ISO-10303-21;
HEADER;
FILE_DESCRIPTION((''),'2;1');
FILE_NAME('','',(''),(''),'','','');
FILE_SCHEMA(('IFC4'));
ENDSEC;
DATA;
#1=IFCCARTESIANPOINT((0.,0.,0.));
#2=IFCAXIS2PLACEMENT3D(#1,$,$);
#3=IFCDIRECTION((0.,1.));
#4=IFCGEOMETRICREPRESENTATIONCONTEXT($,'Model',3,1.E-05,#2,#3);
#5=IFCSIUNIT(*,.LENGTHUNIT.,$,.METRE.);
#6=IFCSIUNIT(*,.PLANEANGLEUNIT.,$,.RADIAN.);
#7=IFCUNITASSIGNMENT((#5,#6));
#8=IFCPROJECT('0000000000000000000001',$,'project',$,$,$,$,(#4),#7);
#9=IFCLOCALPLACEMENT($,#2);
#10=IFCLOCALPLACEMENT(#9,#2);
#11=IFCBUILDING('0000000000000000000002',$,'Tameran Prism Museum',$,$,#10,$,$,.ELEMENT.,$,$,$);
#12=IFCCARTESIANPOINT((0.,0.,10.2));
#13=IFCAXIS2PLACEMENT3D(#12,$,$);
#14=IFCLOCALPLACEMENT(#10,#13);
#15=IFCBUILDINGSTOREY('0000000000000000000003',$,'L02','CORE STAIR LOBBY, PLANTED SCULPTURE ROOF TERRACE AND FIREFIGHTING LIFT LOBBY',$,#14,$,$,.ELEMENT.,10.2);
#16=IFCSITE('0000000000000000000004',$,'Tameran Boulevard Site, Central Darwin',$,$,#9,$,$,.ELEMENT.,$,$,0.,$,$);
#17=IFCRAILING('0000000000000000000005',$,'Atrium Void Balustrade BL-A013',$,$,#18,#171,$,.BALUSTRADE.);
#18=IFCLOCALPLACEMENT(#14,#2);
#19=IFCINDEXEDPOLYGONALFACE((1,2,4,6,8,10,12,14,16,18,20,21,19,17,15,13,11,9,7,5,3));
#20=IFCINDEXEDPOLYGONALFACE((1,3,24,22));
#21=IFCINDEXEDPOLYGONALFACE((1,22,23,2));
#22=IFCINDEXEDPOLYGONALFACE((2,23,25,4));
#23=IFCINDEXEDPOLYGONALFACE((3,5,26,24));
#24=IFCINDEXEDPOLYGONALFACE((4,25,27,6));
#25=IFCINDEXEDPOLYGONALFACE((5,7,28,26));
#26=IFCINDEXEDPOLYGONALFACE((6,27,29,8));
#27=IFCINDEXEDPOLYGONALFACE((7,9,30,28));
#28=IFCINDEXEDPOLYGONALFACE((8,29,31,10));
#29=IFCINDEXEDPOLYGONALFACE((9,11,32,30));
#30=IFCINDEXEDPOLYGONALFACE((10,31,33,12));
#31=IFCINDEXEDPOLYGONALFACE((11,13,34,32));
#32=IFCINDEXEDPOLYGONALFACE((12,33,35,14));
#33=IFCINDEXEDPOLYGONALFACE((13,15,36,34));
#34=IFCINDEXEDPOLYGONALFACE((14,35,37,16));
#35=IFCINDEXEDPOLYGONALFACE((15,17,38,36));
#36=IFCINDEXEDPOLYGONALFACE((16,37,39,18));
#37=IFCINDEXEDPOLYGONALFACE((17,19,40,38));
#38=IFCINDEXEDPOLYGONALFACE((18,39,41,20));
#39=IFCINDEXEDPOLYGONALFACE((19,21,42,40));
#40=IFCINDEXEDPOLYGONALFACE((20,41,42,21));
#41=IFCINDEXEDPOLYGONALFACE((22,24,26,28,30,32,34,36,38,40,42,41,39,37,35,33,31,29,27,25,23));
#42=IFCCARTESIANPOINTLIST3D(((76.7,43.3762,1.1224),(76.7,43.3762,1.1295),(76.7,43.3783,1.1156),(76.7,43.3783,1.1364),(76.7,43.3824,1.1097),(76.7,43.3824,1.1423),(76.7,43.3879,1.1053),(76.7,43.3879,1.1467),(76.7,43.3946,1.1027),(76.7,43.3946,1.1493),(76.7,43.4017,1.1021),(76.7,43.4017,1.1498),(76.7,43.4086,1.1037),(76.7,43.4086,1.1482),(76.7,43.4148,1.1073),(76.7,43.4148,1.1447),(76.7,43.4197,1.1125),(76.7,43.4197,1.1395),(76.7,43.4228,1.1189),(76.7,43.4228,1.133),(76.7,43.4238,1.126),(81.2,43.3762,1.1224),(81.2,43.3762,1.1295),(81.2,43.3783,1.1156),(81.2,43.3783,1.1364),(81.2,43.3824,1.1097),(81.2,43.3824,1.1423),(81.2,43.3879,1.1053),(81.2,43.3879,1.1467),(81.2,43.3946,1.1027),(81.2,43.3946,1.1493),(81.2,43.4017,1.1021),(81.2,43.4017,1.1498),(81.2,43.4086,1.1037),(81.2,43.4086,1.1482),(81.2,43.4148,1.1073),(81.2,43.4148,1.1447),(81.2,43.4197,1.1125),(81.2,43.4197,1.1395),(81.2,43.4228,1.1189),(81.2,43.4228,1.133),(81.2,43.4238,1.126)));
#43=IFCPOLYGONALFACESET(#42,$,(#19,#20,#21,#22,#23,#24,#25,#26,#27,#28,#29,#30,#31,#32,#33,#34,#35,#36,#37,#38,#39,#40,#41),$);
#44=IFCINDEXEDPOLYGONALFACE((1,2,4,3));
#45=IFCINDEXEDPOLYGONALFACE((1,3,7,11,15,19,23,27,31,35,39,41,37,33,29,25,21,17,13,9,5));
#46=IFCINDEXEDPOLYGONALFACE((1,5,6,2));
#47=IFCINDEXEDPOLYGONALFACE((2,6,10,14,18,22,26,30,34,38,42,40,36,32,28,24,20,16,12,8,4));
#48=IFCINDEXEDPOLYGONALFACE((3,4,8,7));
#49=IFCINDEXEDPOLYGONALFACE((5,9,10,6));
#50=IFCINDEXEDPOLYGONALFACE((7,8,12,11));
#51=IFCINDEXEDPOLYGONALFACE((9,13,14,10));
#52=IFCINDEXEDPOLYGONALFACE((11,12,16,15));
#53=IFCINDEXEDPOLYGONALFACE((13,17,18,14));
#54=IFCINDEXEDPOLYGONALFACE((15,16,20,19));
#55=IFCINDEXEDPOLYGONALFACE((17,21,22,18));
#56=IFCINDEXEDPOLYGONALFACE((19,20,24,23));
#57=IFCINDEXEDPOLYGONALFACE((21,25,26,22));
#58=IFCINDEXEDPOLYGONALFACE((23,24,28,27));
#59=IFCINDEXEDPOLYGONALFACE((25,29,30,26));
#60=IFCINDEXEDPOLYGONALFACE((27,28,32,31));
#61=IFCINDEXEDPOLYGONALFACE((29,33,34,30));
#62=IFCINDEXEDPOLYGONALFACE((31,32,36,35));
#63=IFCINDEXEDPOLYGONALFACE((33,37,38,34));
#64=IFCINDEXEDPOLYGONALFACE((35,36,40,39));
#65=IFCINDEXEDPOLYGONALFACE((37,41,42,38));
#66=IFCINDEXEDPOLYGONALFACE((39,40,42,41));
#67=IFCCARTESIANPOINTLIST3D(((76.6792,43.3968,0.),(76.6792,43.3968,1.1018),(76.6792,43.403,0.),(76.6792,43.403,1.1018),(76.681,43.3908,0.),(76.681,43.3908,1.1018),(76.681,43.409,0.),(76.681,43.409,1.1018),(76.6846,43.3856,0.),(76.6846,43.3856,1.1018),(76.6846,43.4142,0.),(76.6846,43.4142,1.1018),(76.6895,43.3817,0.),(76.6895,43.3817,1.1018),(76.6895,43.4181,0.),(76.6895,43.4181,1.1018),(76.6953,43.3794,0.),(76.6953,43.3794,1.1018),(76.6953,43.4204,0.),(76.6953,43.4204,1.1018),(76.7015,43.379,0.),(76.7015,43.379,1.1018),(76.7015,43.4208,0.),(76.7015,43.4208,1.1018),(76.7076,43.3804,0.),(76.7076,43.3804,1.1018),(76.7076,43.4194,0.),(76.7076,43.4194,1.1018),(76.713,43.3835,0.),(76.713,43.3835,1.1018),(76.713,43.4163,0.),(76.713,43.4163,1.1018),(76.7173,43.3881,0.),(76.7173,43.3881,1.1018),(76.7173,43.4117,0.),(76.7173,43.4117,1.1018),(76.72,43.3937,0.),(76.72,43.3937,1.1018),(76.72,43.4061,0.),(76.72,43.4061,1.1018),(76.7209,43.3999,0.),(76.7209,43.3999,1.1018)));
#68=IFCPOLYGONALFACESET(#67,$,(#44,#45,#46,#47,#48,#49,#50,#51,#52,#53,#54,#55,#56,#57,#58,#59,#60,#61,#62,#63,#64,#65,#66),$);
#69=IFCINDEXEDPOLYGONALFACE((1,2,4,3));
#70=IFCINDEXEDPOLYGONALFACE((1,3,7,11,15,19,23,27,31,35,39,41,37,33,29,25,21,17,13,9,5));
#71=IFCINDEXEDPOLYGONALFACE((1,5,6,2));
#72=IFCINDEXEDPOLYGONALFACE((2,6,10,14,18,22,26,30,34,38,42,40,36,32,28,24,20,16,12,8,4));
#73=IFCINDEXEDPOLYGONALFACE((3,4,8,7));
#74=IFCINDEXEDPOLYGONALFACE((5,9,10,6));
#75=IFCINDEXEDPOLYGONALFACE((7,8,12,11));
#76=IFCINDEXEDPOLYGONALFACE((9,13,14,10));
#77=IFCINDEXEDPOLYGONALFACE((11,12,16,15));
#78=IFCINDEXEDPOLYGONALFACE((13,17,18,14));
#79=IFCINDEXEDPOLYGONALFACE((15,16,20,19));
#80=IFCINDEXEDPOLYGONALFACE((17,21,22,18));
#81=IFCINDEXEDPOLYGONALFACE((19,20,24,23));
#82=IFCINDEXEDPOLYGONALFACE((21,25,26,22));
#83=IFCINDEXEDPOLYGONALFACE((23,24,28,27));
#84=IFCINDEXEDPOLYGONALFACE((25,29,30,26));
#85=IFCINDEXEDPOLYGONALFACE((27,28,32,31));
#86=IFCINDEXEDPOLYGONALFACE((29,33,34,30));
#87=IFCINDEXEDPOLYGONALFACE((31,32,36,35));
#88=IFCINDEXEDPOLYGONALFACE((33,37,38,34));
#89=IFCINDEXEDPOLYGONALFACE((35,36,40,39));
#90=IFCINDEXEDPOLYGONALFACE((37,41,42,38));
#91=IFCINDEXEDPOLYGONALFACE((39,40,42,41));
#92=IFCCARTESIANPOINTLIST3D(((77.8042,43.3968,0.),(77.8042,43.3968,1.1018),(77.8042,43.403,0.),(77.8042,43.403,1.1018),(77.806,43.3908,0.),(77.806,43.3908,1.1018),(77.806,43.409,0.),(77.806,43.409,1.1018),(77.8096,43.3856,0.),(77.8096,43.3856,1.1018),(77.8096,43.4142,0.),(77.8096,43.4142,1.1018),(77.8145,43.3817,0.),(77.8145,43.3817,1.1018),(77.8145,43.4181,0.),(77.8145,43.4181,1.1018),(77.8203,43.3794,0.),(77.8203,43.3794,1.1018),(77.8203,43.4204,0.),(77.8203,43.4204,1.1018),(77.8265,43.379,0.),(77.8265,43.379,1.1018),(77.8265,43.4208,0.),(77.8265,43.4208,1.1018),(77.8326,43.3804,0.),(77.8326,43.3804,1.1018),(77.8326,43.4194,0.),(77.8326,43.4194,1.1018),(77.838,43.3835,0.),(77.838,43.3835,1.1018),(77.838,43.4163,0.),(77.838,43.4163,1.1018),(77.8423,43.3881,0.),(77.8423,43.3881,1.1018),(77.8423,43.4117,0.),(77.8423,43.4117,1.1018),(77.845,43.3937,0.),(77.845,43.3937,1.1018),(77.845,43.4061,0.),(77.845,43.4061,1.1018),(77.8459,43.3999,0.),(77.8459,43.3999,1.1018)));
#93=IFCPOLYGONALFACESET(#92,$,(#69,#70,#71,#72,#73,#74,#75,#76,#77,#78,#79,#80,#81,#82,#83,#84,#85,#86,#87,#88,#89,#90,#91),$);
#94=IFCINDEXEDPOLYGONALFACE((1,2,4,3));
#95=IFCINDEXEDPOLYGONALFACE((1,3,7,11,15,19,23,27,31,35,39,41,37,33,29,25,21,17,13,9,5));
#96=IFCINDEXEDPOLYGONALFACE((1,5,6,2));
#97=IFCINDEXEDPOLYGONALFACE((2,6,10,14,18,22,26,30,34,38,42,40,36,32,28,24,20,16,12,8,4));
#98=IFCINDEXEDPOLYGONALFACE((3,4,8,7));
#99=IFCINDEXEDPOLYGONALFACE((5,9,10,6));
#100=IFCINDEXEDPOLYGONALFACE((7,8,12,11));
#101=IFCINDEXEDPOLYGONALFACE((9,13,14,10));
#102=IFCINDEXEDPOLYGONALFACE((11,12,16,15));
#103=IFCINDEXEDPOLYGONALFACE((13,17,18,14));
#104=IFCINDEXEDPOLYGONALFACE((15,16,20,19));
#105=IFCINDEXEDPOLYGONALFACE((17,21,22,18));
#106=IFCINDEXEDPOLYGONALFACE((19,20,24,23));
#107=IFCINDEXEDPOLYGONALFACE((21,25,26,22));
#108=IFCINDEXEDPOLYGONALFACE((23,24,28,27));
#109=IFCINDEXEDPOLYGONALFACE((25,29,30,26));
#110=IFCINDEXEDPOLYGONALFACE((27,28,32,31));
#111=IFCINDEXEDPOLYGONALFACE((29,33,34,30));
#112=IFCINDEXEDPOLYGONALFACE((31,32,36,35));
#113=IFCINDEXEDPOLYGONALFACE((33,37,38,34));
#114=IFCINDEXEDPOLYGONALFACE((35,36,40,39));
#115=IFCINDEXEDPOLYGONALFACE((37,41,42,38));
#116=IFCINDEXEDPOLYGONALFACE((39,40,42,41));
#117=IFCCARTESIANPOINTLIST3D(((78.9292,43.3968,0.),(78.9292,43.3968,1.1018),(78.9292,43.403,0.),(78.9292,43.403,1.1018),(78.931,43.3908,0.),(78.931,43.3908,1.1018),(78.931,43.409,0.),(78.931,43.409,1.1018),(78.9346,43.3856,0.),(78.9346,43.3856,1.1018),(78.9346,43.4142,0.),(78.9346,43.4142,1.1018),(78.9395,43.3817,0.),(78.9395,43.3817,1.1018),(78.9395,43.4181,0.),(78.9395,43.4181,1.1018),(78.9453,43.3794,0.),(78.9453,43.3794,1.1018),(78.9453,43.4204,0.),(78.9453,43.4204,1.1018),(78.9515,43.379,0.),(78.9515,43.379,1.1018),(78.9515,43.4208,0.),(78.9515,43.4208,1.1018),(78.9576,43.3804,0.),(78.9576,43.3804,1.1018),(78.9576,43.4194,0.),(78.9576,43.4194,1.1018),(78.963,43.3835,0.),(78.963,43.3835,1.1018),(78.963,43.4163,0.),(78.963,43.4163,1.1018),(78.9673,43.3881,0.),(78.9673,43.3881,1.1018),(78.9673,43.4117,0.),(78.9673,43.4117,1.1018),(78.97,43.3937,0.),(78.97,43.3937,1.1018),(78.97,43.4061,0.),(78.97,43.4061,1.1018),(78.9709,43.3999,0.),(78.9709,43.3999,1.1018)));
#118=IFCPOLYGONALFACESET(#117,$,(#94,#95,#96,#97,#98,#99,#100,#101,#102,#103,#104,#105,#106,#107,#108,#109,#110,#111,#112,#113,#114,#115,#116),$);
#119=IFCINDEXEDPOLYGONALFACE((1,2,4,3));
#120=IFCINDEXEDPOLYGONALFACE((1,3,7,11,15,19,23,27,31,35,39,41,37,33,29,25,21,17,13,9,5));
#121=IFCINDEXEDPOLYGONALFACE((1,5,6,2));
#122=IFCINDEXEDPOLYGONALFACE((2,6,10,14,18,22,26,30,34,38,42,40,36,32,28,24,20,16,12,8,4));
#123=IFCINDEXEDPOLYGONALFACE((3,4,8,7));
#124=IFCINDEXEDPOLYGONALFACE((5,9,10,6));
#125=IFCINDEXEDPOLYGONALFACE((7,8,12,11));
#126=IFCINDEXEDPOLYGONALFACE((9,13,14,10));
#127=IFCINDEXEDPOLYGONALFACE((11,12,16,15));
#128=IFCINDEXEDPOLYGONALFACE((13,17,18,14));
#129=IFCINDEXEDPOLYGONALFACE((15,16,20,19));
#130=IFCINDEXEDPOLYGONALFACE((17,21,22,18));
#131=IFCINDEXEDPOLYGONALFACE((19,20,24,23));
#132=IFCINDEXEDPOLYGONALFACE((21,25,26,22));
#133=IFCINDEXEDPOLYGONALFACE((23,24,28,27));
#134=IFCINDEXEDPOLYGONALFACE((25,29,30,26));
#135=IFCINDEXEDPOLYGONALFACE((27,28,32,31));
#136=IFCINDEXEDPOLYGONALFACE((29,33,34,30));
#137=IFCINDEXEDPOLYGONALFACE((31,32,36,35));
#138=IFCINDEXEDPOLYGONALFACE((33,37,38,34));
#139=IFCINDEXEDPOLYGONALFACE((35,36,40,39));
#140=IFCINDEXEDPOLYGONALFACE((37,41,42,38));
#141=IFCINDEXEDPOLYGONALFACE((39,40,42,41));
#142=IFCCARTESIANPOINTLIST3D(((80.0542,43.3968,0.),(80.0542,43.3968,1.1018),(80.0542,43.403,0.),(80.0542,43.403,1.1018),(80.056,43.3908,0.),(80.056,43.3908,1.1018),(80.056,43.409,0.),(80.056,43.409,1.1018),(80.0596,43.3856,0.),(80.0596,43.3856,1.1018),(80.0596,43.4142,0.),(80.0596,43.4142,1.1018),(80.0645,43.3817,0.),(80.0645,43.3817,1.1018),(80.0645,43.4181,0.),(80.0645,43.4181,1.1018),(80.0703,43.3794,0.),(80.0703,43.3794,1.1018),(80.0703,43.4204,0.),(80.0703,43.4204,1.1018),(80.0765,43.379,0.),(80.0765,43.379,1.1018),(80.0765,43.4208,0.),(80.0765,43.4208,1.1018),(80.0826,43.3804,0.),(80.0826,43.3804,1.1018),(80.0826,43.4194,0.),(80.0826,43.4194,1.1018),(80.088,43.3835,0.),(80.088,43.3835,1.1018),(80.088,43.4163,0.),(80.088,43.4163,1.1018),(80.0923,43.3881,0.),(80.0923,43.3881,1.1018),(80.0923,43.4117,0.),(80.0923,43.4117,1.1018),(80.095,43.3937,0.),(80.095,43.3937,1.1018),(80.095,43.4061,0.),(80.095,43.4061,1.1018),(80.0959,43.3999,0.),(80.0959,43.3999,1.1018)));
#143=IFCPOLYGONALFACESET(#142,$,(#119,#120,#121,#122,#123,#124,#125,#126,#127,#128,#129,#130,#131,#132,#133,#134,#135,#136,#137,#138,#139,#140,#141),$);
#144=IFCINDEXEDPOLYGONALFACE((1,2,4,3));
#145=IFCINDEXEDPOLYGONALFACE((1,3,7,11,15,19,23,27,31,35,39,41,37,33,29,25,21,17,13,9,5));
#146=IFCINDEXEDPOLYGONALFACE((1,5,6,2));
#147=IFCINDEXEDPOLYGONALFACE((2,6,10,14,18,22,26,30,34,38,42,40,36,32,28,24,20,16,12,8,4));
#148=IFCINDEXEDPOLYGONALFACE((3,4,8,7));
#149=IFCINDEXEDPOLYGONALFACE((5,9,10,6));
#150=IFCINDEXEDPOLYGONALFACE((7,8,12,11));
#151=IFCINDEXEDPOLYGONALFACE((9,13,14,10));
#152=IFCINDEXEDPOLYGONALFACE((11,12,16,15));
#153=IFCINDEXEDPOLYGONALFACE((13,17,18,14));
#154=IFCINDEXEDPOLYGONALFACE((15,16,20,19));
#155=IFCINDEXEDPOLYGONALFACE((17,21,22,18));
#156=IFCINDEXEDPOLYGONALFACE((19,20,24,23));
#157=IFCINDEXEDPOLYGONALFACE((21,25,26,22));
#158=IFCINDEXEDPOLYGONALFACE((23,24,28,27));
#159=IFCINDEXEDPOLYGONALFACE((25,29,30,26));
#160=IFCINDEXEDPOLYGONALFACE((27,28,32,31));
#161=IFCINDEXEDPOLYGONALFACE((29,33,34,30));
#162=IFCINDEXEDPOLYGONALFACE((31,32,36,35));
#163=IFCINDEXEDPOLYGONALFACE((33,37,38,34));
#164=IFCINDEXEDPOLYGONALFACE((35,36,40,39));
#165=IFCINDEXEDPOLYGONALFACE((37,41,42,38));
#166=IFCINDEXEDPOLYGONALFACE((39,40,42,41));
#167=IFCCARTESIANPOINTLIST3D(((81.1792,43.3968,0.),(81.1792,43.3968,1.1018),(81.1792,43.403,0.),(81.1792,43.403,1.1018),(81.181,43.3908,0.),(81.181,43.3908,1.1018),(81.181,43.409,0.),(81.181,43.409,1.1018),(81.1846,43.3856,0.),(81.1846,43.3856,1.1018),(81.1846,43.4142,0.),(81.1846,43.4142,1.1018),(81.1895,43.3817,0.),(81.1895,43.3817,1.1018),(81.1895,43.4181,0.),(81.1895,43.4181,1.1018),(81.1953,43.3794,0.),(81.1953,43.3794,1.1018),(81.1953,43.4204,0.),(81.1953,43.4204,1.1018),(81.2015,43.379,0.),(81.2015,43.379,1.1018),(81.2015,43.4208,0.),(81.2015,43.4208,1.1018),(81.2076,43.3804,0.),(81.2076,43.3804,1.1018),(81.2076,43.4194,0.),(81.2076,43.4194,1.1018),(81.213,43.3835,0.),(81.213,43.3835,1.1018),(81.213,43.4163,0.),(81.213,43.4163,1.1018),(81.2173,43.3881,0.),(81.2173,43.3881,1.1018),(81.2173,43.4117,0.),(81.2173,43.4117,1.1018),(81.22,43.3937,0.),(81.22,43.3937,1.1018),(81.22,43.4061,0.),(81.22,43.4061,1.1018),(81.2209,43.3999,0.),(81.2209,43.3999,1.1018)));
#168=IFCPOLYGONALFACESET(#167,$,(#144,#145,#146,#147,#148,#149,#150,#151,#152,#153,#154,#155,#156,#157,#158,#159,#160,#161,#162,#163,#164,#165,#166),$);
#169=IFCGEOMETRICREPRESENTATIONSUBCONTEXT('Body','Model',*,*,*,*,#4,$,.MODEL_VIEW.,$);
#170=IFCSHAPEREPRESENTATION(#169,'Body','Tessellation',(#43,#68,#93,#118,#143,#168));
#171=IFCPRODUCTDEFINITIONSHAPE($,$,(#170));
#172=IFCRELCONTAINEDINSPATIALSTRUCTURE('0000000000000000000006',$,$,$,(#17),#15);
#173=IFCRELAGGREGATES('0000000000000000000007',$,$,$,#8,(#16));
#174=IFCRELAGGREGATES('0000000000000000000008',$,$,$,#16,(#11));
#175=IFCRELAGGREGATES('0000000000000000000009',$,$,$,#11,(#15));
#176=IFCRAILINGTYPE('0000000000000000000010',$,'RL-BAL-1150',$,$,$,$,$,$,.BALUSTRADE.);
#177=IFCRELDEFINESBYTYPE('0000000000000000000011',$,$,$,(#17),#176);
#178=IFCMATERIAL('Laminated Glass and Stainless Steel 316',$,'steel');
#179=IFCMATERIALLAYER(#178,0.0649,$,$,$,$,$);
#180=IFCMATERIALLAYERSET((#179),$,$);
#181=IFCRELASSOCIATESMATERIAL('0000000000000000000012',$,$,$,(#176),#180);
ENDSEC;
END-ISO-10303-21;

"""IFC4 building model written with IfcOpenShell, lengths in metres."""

from ifc_helpers import new_model, si_unit, direction, frame, origin, origin_2d, place, context, subcontext, project, spatial, circle, extrude, material, layer, layer_set, type_object, element, save


model = new_model("IFC4")

# Units and contexts
model_context = context("Model", 3, precision=1e-05, world=origin(), true_north=direction((0.0, 1.0)))
body_context = subcontext(model_context, "Body", "Model", "MODEL_VIEW")
ifc_project = project(units=[si_unit("LENGTHUNIT", "METRE"), si_unit("PLANEANGLEUNIT", "RADIAN")], contexts=[model_context])

# Site, building, storey
site_placement = place(None, origin())
site = spatial("IfcSite", under=ifc_project, at=site_placement, Name="Tameran Boulevard Site, Central Darwin", CompositionType="ELEMENT", RefElevation=0.0)
building_placement = place(site_placement, origin())
building = spatial("IfcBuilding", under=site, at=building_placement, Name="Tameran Prism Museum", CompositionType="ELEMENT")
storey_placement = place(building_placement, frame((0.0, 0.0, 10.2)))
storey = spatial("IfcBuildingStorey", under=building, at=storey_placement, Name="L02", Description="CORE STAIR LOBBY, PLANTED SCULPTURE ROOF TERRACE AND FIREFIGHTING LIFT LOBBY", CompositionType="ELEMENT", Elevation=10.2)

# Railing
ifc_material_1 = material(Name="Laminated Glass and Stainless Steel 316", Category="steel")
ifc_layer_1 = layer(ifc_material_1, 0.0649)
ifc_layer_set_1 = layer_set([ifc_layer_1])
railing_type = type_object("IfcRailingType", Name="RL-BAL-1150", PredefinedType="BALUSTRADE", material=ifc_layer_set_1)
railing_placement = place(storey_placement, frame((76.7, 43.3999, 0.0)))
element("IfcRailing", 1, at=railing_placement, inside=storey, type_object=railing_type, Name="Atrium Void Balustrade BL-A013", PredefinedType="BALUSTRADE", context=body_context, shape_type="SweptSolid", body=[
    extrude(circle(Radius=0.0239, at=origin_2d()), frame((0.0, 0.0, 1.126), z_axis=(1.0, 0.0, 0.0), x_axis=(0.0, 1.0, 0.0)), (0.0, 0.0, 1.0), 4.5),
    extrude(circle(Radius=0.021, at=origin_2d()), origin(), (0.0, 0.0, 1.0), 1.1018),
    extrude(circle(Radius=0.021, at=origin_2d()), frame((1.125, 0.0, 0.0)), (0.0, 0.0, 1.0), 1.1018),
    extrude(circle(Radius=0.021, at=origin_2d()), frame((2.25, 0.0, 0.0)), (0.0, 0.0, 1.0), 1.1018),
    extrude(circle(Radius=0.021, at=origin_2d()), frame((3.375, 0.0, 0.0)), (0.0, 0.0, 1.0), 1.1018),
    extrude(circle(Radius=0.021, at=origin_2d()), frame((4.5, 0.0, 0.0)), (0.0, 0.0, 1.0), 1.1018),
])

save(model, "model.ifc")
